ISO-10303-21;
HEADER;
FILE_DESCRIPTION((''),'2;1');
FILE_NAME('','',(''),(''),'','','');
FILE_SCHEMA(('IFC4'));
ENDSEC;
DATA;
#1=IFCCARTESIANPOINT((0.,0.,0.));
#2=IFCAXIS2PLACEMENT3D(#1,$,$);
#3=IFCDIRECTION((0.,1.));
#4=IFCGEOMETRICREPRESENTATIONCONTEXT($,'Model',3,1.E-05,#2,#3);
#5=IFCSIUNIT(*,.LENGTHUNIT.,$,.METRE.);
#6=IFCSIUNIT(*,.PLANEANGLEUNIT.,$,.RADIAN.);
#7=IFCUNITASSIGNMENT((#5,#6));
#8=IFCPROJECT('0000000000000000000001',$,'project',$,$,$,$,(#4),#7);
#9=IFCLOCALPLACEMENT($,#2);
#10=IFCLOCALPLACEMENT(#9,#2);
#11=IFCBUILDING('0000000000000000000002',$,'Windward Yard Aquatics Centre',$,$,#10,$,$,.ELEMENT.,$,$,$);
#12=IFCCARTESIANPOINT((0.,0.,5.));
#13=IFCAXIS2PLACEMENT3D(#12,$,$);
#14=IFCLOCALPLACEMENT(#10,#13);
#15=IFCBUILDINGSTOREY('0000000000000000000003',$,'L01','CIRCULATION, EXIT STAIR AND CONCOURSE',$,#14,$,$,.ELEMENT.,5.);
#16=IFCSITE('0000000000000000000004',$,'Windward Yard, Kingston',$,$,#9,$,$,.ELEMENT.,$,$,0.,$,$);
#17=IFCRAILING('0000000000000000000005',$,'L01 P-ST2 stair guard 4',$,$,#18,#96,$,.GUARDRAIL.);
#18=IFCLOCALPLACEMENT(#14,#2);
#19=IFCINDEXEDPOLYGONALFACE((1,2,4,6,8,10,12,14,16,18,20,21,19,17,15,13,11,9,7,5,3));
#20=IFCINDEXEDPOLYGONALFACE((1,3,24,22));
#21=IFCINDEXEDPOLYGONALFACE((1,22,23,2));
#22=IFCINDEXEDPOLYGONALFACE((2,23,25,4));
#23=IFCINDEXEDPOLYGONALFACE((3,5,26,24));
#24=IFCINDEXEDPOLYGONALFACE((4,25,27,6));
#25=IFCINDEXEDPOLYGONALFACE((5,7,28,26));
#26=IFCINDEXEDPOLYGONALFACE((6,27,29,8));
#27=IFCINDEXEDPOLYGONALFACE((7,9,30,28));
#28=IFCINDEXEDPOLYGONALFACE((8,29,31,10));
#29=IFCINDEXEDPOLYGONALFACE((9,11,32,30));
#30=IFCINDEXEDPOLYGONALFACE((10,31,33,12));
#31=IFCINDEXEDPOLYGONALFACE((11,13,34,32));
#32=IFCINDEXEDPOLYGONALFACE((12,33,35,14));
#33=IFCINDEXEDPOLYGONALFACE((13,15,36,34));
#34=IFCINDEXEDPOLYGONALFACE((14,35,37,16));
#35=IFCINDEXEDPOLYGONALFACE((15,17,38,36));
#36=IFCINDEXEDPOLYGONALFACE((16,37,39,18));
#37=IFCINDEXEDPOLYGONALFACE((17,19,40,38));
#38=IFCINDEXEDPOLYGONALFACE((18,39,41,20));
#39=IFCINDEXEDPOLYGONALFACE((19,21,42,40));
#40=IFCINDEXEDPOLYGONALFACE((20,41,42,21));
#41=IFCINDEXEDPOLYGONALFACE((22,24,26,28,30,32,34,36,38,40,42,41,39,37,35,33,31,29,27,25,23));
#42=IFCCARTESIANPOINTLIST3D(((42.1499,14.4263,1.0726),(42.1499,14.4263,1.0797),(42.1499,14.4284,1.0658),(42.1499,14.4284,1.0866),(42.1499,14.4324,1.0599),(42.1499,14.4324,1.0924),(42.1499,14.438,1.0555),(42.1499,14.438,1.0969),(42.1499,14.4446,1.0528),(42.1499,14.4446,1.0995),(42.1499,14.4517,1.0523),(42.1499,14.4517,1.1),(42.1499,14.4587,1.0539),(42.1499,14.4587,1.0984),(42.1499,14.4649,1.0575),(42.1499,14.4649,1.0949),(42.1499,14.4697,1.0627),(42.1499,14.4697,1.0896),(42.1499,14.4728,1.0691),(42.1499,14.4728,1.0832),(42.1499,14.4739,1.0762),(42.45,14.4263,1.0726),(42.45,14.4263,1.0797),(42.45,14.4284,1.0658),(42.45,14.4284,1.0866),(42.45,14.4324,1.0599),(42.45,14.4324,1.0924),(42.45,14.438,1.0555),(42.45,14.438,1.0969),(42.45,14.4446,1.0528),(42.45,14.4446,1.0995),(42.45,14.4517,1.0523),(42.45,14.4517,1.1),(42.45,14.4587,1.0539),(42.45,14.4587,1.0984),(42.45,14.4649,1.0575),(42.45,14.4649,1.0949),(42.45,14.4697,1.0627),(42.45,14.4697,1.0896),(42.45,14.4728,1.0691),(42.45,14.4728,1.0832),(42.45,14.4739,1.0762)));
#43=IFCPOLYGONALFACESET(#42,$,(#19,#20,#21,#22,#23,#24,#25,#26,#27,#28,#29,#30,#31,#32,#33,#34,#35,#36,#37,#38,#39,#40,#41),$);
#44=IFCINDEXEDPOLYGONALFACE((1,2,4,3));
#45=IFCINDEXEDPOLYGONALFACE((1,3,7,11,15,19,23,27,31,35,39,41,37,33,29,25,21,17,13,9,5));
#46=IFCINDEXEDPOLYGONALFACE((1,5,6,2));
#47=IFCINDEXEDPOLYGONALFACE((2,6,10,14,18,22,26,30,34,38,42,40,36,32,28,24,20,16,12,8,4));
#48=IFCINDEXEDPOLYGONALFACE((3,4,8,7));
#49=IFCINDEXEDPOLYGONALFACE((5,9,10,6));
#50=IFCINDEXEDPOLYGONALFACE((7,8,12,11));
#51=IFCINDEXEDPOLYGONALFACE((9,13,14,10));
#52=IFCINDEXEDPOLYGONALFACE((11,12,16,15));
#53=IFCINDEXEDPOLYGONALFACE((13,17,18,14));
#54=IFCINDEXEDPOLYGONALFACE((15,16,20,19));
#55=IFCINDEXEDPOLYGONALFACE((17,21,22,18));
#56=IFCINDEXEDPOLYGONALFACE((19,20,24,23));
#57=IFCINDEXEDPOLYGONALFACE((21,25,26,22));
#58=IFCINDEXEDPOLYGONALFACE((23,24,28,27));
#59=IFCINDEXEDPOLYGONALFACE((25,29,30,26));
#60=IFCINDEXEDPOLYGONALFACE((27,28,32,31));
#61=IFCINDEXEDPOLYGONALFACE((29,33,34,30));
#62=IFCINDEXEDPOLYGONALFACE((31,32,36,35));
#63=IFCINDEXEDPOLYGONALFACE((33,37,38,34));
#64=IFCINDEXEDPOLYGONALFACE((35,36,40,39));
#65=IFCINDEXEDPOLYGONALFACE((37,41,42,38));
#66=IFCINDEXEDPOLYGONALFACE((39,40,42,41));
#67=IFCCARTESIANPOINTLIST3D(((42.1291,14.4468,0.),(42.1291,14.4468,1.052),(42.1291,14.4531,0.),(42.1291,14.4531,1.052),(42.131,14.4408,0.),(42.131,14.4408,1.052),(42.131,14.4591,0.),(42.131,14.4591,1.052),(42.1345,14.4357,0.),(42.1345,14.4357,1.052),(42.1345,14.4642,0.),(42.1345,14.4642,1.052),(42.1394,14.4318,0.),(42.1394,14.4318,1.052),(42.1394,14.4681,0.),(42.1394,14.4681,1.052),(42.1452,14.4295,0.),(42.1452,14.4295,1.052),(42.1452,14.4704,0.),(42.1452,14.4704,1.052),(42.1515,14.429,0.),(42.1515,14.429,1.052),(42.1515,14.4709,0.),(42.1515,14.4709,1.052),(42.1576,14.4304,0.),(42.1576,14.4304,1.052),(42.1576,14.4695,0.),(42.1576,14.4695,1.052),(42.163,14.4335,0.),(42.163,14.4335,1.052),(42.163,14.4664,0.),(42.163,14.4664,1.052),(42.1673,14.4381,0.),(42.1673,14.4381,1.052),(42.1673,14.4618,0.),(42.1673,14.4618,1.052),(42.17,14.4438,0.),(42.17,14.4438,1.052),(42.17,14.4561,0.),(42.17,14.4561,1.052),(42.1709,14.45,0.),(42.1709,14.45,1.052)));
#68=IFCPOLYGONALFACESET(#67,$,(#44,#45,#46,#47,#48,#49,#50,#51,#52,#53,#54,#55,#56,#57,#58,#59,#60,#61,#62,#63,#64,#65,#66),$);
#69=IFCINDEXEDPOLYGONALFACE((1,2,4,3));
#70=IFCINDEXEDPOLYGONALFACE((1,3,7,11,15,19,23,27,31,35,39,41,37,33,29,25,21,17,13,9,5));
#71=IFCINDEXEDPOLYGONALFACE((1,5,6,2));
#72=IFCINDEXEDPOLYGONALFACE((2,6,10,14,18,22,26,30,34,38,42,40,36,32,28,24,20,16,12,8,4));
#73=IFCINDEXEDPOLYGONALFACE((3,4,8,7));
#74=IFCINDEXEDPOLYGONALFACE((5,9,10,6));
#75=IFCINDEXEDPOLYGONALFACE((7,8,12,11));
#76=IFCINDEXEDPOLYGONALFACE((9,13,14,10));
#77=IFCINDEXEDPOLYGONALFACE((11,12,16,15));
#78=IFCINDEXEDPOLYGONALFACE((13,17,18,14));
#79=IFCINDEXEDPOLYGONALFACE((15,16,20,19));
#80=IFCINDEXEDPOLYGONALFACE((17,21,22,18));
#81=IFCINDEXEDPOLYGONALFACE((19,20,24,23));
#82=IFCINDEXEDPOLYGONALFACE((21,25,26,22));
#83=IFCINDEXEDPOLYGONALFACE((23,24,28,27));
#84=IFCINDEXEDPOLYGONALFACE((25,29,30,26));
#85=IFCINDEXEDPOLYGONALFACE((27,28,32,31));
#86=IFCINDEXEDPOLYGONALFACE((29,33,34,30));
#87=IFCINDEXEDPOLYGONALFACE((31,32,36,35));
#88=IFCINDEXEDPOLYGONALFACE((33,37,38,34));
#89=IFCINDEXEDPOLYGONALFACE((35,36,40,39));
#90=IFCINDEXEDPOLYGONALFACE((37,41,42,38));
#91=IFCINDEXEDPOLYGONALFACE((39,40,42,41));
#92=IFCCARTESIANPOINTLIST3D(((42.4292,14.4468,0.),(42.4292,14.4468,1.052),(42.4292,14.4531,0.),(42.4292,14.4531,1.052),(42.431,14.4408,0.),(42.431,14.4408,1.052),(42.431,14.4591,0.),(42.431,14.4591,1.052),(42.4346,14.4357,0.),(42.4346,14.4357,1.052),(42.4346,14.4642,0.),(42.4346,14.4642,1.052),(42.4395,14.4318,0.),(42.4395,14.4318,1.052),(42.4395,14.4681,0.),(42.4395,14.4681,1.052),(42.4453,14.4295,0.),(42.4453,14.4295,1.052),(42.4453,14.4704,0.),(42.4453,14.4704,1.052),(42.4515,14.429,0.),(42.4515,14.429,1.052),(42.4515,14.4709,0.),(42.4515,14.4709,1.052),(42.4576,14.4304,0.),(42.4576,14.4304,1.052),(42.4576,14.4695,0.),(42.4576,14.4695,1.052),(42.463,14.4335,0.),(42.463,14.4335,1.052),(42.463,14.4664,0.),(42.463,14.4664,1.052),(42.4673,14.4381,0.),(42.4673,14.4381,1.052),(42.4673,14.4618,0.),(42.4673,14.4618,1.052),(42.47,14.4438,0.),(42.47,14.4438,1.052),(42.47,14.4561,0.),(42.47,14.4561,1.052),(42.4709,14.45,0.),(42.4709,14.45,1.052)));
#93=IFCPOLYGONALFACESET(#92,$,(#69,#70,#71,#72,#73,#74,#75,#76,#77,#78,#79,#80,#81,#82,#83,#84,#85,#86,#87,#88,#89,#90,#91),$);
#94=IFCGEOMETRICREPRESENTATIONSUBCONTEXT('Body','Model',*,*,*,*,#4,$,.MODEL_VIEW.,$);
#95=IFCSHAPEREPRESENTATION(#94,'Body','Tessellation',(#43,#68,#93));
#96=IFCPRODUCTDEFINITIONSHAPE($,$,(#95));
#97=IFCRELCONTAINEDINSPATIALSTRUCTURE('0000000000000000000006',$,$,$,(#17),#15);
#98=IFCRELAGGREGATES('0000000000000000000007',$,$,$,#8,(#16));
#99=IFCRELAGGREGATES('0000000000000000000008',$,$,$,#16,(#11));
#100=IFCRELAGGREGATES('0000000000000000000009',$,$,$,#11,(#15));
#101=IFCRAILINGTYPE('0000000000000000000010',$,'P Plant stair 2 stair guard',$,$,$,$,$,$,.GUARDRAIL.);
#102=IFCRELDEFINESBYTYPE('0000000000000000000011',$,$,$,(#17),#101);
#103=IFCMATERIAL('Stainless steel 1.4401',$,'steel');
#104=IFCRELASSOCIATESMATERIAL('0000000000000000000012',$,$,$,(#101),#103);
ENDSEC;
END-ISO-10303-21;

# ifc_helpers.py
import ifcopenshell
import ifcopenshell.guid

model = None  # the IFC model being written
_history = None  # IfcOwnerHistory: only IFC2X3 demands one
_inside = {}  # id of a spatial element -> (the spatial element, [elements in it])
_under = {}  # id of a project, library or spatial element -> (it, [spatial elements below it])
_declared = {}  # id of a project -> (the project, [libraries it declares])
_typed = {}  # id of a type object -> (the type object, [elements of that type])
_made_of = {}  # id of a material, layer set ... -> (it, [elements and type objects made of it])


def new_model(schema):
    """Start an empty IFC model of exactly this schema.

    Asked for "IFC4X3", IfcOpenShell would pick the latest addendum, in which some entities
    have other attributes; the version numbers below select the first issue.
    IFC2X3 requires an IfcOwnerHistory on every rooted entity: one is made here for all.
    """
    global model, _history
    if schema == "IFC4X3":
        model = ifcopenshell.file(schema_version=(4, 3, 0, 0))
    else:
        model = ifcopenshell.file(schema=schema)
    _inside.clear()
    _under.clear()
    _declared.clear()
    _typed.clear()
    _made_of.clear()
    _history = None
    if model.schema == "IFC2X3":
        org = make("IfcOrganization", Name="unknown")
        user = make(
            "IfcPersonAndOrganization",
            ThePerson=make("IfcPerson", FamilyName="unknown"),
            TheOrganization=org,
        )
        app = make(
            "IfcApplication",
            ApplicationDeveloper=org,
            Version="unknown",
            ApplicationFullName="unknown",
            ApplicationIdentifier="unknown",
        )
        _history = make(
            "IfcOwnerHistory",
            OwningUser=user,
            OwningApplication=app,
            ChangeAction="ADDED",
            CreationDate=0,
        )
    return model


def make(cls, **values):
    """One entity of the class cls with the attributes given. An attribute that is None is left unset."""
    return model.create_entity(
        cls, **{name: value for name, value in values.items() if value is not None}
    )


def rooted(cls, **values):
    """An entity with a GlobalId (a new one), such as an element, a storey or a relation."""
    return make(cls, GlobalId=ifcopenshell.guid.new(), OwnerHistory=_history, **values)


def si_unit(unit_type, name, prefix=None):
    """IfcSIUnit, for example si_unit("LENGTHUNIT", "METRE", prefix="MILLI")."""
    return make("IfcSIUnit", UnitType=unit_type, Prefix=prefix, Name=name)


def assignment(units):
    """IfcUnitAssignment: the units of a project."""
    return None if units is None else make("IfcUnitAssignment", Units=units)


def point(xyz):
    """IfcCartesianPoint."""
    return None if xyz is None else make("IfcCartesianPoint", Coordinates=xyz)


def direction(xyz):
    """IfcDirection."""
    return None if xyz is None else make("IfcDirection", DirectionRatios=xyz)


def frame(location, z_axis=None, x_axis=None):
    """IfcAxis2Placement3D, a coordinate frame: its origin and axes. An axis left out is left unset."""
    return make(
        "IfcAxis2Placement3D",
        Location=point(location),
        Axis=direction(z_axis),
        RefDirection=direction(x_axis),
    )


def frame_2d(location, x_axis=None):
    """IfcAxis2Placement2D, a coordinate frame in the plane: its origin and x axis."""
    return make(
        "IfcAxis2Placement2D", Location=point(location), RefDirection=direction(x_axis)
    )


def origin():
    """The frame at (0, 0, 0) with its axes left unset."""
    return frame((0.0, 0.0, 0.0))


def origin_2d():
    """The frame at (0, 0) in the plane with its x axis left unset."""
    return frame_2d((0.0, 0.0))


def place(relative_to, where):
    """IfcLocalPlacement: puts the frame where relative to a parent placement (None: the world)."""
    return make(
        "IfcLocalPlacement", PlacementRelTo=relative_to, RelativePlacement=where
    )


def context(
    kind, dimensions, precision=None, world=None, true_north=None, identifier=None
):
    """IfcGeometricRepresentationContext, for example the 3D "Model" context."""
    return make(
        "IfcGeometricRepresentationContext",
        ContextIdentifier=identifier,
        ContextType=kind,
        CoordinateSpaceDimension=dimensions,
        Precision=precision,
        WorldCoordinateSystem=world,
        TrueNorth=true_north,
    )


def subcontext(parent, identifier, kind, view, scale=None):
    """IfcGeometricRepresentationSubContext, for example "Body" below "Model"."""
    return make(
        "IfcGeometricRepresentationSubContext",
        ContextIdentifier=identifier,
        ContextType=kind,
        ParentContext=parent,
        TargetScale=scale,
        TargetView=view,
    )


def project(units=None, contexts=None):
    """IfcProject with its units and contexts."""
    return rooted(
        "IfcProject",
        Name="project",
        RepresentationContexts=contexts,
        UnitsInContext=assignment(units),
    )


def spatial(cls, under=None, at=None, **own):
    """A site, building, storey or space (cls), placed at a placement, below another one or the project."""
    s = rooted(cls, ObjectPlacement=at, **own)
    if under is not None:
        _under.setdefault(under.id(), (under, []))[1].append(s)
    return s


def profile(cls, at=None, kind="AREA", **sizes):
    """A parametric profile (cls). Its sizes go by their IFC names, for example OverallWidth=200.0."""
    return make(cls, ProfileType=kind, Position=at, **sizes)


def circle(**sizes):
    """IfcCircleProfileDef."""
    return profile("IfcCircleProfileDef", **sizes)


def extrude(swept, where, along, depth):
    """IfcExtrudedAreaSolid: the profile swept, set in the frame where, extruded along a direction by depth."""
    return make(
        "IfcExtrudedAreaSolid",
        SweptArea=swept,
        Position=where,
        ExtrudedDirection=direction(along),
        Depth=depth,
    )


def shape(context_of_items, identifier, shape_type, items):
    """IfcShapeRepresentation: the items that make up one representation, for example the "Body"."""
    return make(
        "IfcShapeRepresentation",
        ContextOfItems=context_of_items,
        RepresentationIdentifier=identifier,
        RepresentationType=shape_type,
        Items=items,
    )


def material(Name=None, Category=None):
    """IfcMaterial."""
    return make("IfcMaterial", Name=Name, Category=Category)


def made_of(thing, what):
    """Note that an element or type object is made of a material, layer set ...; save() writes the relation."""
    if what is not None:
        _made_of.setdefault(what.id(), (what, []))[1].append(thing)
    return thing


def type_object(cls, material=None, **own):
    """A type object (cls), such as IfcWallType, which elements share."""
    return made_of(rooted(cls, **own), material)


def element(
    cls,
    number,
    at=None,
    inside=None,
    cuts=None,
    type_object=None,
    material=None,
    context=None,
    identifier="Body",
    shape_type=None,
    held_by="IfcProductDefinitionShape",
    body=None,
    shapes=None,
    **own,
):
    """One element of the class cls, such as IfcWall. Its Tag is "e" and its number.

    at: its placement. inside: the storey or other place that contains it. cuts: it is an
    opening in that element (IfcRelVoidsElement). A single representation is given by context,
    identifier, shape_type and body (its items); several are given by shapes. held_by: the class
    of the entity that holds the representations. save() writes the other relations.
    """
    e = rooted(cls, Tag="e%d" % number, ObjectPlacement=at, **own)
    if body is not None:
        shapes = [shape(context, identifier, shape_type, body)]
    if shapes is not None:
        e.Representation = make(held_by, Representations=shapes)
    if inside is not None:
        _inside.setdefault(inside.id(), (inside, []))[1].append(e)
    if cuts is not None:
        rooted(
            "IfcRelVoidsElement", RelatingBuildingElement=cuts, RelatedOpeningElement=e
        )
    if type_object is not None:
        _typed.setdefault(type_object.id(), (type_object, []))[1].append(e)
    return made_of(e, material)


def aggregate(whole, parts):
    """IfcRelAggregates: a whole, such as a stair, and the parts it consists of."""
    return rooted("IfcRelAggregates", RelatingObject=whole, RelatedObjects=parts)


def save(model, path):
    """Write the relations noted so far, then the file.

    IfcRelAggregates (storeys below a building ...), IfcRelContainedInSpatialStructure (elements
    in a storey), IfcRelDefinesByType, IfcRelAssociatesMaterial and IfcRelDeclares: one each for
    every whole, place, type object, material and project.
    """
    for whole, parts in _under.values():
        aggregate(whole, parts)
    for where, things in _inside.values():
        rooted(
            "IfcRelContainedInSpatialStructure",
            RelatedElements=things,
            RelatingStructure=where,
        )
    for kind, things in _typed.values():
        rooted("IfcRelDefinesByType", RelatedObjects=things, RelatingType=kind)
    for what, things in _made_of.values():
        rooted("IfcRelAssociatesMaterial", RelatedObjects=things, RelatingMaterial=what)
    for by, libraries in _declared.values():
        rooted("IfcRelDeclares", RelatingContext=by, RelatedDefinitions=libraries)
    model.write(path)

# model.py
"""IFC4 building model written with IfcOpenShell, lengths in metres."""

from ifc_helpers import new_model, si_unit, direction, frame, origin, origin_2d, place, context, subcontext, project, spatial, circle, extrude, material, type_object, element, save


model = new_model("IFC4")

# Units and contexts
model_context = context("Model", 3, precision=1e-05, world=origin(), true_north=direction((0.0, 1.0)))
body_context = subcontext(model_context, "Body", "Model", "MODEL_VIEW")
ifc_project = project(units=[si_unit("LENGTHUNIT", "METRE"), si_unit("PLANEANGLEUNIT", "RADIAN")], contexts=[model_context])

# Site, building, storey
site_placement = place(None, origin())
site = spatial("IfcSite", under=ifc_project, at=site_placement, Name="Windward Yard, Kingston", CompositionType="ELEMENT", RefElevation=0.0)
building_placement = place(site_placement, origin())
building = spatial("IfcBuilding", under=site, at=building_placement, Name="Windward Yard Aquatics Centre", CompositionType="ELEMENT")
storey_placement = place(building_placement, frame((0.0, 0.0, 5.0)))
storey = spatial("IfcBuildingStorey", under=building, at=storey_placement, Name="L01", Description="CIRCULATION, EXIT STAIR AND CONCOURSE", CompositionType="ELEMENT", Elevation=5.0)

# Railing
ifc_material_1 = material(Name="Stainless steel 1.4401", Category="steel")
railing_type_1 = type_object("IfcRailingType", Name="P Plant stair 2 stair guard", PredefinedType="GUARDRAIL", material=ifc_material_1)
railing_1_placement = place(storey_placement, frame((42.1499, 14.45, 0.0)))
element("IfcRailing", 1, at=railing_1_placement, inside=storey, type_object=railing_type_1, Name="L01 P-ST2 stair guard 4", PredefinedType="GUARDRAIL", context=body_context, shape_type="SweptSolid", body=[
    extrude(circle(Radius=0.0239, at=origin_2d()), frame((0.0, 0.0, 1.0762), z_axis=(1.0, 0.0, 0.0), x_axis=(0.0, 1.0, 0.0)), (0.0, 0.0, 1.0), 0.3),
    extrude(circle(Radius=0.021, at=origin_2d()), origin(), (0.0, 0.0, 1.0), 1.052),
    extrude(circle(Radius=0.021, at=origin_2d()), frame((0.3, 0.0, 0.0)), (0.0, 0.0, 1.0), 1.052),
])

save(model, "model.ifc")
